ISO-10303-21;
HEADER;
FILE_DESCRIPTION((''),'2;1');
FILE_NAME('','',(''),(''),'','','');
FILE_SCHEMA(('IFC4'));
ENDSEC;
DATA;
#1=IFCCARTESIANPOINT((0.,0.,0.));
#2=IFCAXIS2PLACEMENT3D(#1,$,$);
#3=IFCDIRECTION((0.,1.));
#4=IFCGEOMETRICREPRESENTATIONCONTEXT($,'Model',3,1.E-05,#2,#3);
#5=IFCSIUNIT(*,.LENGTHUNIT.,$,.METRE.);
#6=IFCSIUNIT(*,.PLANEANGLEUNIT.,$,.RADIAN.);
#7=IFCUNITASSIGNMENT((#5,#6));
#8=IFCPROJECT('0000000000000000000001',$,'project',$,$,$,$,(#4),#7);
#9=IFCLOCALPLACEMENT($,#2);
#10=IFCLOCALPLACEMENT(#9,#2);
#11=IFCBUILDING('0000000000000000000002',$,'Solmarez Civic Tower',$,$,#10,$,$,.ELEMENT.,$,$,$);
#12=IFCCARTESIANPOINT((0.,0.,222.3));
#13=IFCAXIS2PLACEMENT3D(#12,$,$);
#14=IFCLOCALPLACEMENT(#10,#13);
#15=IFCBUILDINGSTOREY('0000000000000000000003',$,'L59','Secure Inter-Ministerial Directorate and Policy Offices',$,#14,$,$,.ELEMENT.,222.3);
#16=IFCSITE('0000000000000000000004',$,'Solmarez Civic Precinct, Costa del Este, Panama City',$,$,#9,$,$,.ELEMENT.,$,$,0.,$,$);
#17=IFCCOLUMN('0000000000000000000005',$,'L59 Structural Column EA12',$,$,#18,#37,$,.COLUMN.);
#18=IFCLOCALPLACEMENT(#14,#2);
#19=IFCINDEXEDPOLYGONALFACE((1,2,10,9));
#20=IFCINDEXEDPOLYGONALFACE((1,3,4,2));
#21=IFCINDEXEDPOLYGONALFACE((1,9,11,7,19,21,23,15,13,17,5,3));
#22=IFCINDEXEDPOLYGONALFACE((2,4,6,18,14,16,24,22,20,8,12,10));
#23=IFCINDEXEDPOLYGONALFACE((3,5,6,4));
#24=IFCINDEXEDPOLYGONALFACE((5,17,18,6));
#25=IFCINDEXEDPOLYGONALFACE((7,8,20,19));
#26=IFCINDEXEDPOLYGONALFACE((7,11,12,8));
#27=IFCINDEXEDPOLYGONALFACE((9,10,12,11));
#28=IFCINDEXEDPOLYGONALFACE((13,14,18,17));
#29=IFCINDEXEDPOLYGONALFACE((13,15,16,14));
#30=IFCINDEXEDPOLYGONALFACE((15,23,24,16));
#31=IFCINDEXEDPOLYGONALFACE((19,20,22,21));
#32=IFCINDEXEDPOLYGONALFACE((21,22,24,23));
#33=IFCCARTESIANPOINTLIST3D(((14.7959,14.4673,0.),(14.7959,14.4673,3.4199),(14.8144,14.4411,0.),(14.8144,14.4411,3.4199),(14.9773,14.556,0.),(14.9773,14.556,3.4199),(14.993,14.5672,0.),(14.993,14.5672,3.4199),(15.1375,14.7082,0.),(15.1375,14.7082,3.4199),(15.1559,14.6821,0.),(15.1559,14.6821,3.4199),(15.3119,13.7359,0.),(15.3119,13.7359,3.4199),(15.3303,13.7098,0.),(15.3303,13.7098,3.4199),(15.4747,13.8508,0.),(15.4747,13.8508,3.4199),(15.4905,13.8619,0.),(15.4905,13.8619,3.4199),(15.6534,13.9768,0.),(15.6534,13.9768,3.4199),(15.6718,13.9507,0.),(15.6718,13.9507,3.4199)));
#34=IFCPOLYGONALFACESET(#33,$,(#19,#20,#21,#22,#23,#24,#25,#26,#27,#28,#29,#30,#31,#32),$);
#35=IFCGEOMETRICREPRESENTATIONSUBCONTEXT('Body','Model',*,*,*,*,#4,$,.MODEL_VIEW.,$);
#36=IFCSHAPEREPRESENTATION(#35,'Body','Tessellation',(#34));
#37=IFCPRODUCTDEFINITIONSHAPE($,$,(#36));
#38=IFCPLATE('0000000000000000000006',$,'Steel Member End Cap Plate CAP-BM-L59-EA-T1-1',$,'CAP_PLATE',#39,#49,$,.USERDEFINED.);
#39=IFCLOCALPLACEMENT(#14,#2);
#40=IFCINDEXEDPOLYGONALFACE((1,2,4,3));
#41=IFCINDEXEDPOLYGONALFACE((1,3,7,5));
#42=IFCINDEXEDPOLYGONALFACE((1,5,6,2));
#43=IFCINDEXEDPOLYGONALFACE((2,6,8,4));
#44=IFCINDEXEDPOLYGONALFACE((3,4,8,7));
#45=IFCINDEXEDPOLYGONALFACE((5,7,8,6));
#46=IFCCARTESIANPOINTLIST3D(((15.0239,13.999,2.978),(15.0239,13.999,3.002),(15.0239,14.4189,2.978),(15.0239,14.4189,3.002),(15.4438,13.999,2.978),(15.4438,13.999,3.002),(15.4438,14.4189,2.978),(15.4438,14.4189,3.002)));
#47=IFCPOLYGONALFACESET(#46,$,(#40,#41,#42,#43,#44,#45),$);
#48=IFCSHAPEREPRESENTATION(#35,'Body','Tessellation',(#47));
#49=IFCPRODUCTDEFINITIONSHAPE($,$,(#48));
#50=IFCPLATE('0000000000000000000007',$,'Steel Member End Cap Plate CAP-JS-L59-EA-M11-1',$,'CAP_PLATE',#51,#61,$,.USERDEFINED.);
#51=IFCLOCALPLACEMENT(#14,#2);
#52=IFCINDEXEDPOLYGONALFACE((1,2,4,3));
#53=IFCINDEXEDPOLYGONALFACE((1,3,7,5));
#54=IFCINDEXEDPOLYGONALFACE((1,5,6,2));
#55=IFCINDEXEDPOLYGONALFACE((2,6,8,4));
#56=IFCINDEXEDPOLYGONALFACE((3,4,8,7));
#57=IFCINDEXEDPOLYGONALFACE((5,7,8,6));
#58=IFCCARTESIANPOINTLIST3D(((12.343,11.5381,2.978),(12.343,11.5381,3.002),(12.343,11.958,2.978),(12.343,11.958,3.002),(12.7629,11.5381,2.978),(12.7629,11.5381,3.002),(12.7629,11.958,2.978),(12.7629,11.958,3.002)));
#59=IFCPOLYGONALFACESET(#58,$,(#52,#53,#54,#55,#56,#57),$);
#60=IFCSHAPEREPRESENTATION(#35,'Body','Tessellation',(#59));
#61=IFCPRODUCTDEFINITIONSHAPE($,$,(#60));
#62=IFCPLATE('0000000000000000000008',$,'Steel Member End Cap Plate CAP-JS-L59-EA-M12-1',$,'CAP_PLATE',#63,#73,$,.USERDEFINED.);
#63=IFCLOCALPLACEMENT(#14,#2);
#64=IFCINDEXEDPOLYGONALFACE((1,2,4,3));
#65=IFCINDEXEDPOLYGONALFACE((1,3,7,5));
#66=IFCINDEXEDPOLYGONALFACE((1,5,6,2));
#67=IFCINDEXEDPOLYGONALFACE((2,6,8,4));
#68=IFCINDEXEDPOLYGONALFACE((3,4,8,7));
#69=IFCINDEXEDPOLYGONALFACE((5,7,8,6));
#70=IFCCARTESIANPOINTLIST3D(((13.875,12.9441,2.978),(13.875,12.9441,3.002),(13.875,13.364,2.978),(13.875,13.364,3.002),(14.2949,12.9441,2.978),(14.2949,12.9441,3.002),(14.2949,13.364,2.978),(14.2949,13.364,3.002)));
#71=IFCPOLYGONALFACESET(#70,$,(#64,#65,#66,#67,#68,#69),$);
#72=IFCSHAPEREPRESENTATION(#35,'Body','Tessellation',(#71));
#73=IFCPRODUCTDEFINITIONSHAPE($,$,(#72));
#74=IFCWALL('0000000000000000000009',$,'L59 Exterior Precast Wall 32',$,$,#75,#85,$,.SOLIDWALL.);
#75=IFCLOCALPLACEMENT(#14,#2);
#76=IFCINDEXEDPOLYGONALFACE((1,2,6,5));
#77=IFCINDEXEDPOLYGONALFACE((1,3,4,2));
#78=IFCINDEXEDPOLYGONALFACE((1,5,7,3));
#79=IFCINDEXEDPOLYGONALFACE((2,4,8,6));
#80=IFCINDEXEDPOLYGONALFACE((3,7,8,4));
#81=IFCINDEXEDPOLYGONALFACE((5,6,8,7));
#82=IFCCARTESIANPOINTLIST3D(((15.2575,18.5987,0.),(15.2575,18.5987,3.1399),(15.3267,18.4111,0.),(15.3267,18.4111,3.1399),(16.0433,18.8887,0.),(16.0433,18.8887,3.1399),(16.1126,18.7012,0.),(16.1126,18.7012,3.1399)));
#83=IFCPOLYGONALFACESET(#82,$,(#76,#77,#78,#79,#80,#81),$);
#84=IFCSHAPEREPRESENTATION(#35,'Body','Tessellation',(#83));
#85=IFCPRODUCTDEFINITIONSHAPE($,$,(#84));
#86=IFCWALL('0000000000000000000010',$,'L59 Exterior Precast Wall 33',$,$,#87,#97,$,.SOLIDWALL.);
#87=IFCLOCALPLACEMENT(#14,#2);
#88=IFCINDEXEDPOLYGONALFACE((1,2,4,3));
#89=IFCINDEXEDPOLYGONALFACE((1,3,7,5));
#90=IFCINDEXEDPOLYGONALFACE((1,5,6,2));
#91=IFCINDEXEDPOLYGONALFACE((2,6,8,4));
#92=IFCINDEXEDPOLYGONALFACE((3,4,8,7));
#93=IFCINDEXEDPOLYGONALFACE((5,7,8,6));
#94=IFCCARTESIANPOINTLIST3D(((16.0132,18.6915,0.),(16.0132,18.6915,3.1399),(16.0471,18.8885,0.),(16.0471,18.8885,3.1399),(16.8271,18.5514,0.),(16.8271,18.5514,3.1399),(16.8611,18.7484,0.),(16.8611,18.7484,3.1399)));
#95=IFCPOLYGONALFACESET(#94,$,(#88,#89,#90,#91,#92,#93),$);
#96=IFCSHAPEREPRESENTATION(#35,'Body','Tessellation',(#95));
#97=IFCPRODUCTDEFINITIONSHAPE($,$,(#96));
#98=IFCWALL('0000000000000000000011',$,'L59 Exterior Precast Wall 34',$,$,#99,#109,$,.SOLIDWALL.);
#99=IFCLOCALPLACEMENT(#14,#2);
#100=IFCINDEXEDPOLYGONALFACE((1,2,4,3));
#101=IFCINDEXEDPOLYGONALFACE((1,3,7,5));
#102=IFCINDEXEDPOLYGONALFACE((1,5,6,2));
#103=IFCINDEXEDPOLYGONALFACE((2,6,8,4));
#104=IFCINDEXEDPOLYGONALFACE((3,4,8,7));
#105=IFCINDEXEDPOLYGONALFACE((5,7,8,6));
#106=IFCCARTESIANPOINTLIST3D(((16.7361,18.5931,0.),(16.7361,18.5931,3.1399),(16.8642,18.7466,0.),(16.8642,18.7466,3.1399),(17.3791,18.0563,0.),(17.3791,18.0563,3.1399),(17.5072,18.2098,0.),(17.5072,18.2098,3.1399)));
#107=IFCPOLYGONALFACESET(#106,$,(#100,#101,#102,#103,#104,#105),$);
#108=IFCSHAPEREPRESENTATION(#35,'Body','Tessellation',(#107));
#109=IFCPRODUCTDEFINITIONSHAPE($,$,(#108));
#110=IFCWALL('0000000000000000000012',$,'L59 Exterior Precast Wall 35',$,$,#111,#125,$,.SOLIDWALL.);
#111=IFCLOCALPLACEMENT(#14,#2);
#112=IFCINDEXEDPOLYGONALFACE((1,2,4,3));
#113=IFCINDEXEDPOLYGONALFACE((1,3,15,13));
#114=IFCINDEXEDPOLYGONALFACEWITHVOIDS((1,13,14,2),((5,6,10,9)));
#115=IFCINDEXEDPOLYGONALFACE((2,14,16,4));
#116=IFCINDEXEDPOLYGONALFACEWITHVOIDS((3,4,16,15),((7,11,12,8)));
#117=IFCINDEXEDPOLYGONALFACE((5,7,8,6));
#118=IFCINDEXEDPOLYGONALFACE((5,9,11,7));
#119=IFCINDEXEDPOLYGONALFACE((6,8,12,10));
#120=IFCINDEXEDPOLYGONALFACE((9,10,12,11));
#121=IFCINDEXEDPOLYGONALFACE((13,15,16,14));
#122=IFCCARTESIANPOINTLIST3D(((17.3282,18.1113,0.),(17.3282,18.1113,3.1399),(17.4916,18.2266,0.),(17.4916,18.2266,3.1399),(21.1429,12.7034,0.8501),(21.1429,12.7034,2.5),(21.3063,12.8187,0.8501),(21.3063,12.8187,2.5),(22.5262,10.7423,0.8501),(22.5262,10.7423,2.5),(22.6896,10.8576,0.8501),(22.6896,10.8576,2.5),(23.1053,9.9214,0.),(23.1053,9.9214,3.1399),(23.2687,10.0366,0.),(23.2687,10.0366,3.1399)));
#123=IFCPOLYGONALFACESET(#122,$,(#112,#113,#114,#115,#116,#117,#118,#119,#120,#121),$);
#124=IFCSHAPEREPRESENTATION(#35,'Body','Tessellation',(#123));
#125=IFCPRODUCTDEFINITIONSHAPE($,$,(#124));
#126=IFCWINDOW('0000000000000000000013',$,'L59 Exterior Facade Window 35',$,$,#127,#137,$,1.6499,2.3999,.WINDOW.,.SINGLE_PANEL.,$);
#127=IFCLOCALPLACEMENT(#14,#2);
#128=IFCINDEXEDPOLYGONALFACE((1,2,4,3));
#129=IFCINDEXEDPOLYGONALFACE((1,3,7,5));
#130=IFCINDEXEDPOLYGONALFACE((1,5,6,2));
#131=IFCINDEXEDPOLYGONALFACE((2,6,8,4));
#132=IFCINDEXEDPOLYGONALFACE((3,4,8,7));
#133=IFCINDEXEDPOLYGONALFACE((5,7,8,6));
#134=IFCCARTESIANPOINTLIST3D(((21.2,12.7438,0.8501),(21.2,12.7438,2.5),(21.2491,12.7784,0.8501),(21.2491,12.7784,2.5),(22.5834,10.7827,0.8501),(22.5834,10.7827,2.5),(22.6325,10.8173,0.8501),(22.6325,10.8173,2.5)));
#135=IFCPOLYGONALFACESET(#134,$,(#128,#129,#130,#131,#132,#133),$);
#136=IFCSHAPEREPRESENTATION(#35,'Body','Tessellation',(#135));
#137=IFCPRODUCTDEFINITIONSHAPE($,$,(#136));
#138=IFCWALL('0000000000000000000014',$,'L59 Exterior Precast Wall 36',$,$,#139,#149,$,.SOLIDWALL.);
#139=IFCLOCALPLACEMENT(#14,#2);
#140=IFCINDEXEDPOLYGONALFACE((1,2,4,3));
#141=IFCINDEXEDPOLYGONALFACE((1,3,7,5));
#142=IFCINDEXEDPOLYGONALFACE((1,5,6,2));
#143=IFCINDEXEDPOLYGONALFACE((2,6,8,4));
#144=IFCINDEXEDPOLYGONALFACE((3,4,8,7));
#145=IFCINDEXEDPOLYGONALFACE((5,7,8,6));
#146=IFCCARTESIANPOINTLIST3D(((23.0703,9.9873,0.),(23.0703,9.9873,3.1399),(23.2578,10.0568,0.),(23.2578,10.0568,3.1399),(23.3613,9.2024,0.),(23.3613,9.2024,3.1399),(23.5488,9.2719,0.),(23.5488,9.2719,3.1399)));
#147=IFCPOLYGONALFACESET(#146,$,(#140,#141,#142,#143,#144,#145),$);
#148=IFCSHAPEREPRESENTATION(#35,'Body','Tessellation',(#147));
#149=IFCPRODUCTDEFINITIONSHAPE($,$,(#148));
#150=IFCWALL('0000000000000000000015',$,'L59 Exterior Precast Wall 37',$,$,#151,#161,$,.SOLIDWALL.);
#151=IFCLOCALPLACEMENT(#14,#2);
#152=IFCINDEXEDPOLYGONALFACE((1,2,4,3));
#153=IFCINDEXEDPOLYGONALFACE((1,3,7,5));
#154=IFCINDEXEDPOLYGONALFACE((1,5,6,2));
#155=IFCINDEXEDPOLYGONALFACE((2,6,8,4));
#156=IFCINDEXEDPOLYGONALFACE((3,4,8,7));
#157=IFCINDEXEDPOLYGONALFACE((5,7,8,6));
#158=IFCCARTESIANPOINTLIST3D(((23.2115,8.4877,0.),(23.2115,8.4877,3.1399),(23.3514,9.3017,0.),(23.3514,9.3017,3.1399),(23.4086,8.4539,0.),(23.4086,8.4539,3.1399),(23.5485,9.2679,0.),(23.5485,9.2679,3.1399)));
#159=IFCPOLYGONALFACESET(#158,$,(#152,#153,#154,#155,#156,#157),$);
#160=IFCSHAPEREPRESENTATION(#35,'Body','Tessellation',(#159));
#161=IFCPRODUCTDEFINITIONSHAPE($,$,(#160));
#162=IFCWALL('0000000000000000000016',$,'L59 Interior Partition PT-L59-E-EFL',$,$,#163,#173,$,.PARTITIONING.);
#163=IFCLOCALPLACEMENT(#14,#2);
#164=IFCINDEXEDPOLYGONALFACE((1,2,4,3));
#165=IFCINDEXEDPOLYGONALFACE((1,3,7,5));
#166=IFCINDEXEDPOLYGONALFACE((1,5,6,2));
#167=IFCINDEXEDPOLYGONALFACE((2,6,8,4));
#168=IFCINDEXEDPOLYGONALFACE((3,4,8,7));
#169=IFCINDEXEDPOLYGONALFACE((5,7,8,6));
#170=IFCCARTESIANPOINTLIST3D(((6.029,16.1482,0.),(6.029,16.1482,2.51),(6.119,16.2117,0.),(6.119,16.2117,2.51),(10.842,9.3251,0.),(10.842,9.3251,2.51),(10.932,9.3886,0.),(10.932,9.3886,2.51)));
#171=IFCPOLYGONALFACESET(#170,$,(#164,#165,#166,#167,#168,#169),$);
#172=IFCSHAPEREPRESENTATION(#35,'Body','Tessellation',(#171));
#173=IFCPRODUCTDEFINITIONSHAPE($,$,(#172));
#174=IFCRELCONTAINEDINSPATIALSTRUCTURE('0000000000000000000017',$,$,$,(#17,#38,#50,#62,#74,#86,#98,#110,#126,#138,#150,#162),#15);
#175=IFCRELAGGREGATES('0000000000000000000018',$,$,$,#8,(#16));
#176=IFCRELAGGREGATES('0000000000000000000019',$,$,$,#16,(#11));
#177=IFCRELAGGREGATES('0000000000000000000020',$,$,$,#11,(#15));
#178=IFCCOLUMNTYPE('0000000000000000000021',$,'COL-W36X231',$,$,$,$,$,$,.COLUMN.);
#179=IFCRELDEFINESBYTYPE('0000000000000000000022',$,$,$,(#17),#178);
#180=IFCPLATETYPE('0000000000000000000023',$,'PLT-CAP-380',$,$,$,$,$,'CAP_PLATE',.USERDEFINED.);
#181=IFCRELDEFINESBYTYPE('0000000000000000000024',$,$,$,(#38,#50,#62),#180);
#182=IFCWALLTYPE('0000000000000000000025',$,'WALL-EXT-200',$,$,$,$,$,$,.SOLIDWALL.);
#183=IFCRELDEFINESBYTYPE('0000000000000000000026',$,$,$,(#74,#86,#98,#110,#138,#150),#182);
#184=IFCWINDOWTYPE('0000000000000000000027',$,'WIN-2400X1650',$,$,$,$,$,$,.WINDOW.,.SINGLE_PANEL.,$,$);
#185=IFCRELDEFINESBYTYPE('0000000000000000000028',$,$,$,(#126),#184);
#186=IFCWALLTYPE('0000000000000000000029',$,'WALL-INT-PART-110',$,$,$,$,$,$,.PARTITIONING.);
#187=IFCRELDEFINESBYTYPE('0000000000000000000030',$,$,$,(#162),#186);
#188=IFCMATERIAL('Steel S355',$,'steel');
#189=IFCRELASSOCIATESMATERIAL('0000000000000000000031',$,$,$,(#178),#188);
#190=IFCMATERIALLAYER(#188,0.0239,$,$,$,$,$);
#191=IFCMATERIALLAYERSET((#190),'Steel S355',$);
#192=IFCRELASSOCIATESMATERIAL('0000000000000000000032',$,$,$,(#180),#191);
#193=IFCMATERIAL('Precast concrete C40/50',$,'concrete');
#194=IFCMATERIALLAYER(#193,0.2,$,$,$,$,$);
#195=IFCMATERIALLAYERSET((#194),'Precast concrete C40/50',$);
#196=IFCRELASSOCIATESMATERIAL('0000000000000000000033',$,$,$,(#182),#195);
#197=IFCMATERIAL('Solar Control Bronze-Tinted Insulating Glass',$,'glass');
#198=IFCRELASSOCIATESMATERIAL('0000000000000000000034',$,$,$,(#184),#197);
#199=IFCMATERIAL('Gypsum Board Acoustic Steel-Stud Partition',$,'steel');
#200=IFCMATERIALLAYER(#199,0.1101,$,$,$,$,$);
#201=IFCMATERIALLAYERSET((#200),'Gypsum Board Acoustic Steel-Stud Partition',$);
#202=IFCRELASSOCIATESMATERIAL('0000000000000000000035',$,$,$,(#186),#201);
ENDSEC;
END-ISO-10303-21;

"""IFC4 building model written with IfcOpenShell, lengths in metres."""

from ifc_helpers import new_model, si_unit, direction, frame, frame_2d, origin, origin_2d, place, context, subcontext, project, spatial, rectangle, i_section, extrude, material, layer, layer_set, material_profile, profile_set, type_object, element, fill, save


model = new_model("IFC4")

# Units and contexts
model_context = context("Model", 3, precision=1e-05, world=origin(), true_north=direction((0.0, 1.0)))
body_context = subcontext(model_context, "Body", "Model", "MODEL_VIEW")
ifc_project = project(units=[si_unit("LENGTHUNIT", "METRE"), si_unit("PLANEANGLEUNIT", "RADIAN")], contexts=[model_context])

# Site, building, storey
site_placement = place(None, origin())
site = spatial("IfcSite", under=ifc_project, at=site_placement, Name="Solmarez Civic Precinct, Costa del Este, Panama City", CompositionType="ELEMENT", RefElevation=0.0)
building_placement = place(site_placement, origin())
building = spatial("IfcBuilding", under=site, at=building_placement, Name="Solmarez Civic Tower", CompositionType="ELEMENT")
storey_placement = place(building_placement, frame((0.0, 0.0, 222.3)))
storey = spatial("IfcBuildingStorey", under=building, at=storey_placement, Name="L59", Description="Secure Inter-Ministerial Directorate and Policy Offices", CompositionType="ELEMENT", Elevation=222.3)

# Column
ifc_material_1 = material(Name="Steel S355", Category="steel")
ifc_material_profile = material_profile(ifc_material_1, i_section(OverallWidth=0.418, OverallDepth=0.927, WebThickness=0.0193, FlangeThickness=0.032, at=origin_2d()), Name="W36X231")
ifc_profile_set = profile_set([ifc_material_profile], Name="Steel S355")
column_type = type_object("IfcColumnType", Name="COL-W36X231", PredefinedType="COLUMN", material=ifc_profile_set)
column_placement = place(storey_placement, frame((15.2339, 14.209, 0.0), z_axis=(0.0, 0.0, 1.0), x_axis=(0.817145, 0.576432, 0.0)))
element("IfcColumn", 1, at=column_placement, inside=storey, type_object=column_type, Name="L59 Structural Column EA12", PredefinedType="COLUMN", context=body_context, shape_type="SweptSolid", body=[
    extrude(i_section(OverallWidth=0.418, OverallDepth=0.927, WebThickness=0.0193, FlangeThickness=0.032, at=origin_2d()), origin(), (0.0, 0.0, 1.0), 3.4199),
])

# Plates
ifc_layer_1 = layer(ifc_material_1, 0.0239)
ifc_layer_set_1 = layer_set([ifc_layer_1], Name="Steel S355")
plate_type = type_object("IfcPlateType", Name="PLT-CAP-380", ElementType="CAP_PLATE", PredefinedType="USERDEFINED", material=ifc_layer_set_1)
for number, where, z_axis, x_axis, name in (
    (2, (15.2339, 14.209, 2.978), (0.0, 0.0, 1.0), (1.0, 0.0, 0.0), "Steel Member End Cap Plate CAP-BM-L59-EA-T1-1"),
    (3, (12.553, 11.748, 2.978), (0.0, 0.0, 1.0), (1.0, 0.0, 0.0), "Steel Member End Cap Plate CAP-JS-L59-EA-M11-1"),
    (4, (14.085, 13.1541, 2.978), (0.0, 0.0, 1.0), (1.0, 0.0, 0.0), "Steel Member End Cap Plate CAP-JS-L59-EA-M12-1"),
):
    element("IfcPlate", number, at=place(storey_placement, frame(where, z_axis=z_axis, x_axis=x_axis)), inside=storey, type_object=plate_type, Name=name, ObjectType="CAP_PLATE", PredefinedType="USERDEFINED", context=body_context, shape_type="SweptSolid", body=[
        extrude(rectangle(XDim=0.4199, YDim=0.4199, at=origin_2d()), origin(), (0.0, 0.0, 1.0), 0.0239),
    ])

# Walls
ifc_material_2 = material(Name="Precast concrete C40/50", Category="concrete")
ifc_layer_2 = layer(ifc_material_2, 0.2)
ifc_layer_set_2 = layer_set([ifc_layer_2], Name="Precast concrete C40/50")
wall_type_1 = type_object("IfcWallType", Name="WALL-EXT-200", PredefinedType="SOLIDWALL", material=ifc_layer_set_2)
wall_1_placement = place(storey_placement, frame((15.292, 18.5049, 0.0), z_axis=(0.0, 0.0, 1.0), x_axis=(0.938149, 0.346232, 0.0)))
element("IfcWall", 5, at=wall_1_placement, inside=storey, type_object=wall_type_1, Name="L59 Exterior Precast Wall 32", PredefinedType="SOLIDWALL", context=body_context, shape_type="SweptSolid", body=[
    extrude(rectangle(XDim=0.8376, YDim=0.2, at=frame_2d((0.4189, 0.0))), origin(), (0.0, 0.0, 1.0), 3.1399),
])
wall_2_placement = place(storey_placement, frame((16.03, 18.79, 0.0), z_axis=(0.0, 0.0, 1.0), x_axis=(0.985501, -0.169669, 0.0)))
element("IfcWall", 6, at=wall_2_placement, inside=storey, type_object=wall_type_1, Name="L59 Exterior Precast Wall 33", PredefinedType="SOLIDWALL", context=body_context, shape_type="SweptSolid", body=[
    extrude(rectangle(XDim=0.8259, YDim=0.2, at=frame_2d((0.4131, 0.0))), origin(), (0.0, 0.0, 1.0), 3.1399),
])
wall_3_placement = place(storey_placement, frame((16.8, 18.6699, 0.0), z_axis=(0.0, 0.0, 1.0), x_axis=(0.767648, -0.640872, 0.0)))
element("IfcWall", 7, at=wall_3_placement, inside=storey, type_object=wall_type_1, Name="L59 Exterior Precast Wall 34", PredefinedType="SOLIDWALL", context=body_context, shape_type="SweptSolid", body=[
    extrude(rectangle(XDim=0.8376, YDim=0.2, at=frame_2d((0.4189, 0.0))), origin(), (0.0, 0.0, 1.0), 3.1399),
])

# Wall, opening, window
wall_4_placement = place(storey_placement, frame((17.4099, 18.1689, 0.0), z_axis=(0.0, 0.0, 1.0), x_axis=(0.576414, -0.817158, 0.0)))
wall_4 = element("IfcWall", 8, at=wall_4_placement, inside=storey, type_object=wall_type_1, Name="L59 Exterior Precast Wall 35", PredefinedType="SOLIDWALL", context=body_context, shape_type="SweptSolid", body=[
    extrude(rectangle(XDim=10.0225, YDim=0.2, at=frame_2d((5.0112, 0.0))), origin(), (0.0, 0.0, 1.0), 3.1399),
])
opening_1_placement = place(wall_4_placement, frame((6.6179, 0.0, 0.8501)))
opening_1 = element("IfcOpeningElement", 9, at=opening_1_placement, cuts=wall_4, PredefinedType="OPENING", context=body_context, shape_type="SweptSolid", body=[
    extrude(rectangle(XDim=2.3999, YDim=1.6499, at=frame_2d((1.2, 0.825))), frame((0.0, 0.1099, 0.0), z_axis=(0.0, -1.0, 0.0), x_axis=(1.0, 0.0, 0.0)), (0.0, 0.0, 1.0), 0.22),
])
ifc_material_3 = material(Name="Solar Control Bronze-Tinted Insulating Glass", Category="glass")
window_type = type_object("IfcWindowType", Name="WIN-2400X1650", PartitioningType="SINGLE_PANEL", PredefinedType="WINDOW", material=ifc_material_3)
window_placement = place(opening_1_placement, origin())
window = element("IfcWindow", 10, at=window_placement, inside=storey, type_object=window_type, Name="L59 Exterior Facade Window 35", OverallHeight=1.6499, OverallWidth=2.3999, PartitioningType="SINGLE_PANEL", PredefinedType="WINDOW", context=body_context, shape_type="SweptSolid", body=[
    extrude(rectangle(XDim=2.3999, YDim=1.6499, at=frame_2d((1.2, 0.825))), frame((0.0, 0.03, 0.0), z_axis=(0.0, -1.0, 0.0), x_axis=(1.0, 0.0, 0.0)), (0.0, 0.0, 1.0), 0.0601),
])
fill(opening_1, window)

# Walls
wall_5_placement = place(storey_placement, frame((23.1641, 10.022, 0.0), z_axis=(0.0, 0.0, 1.0), x_axis=(0.347637, -0.937629, 0.0)))
element("IfcWall", 11, at=wall_5_placement, inside=storey, type_object=wall_type_1, Name="L59 Exterior Precast Wall 36", PredefinedType="SOLIDWALL", context=body_context, shape_type="SweptSolid", body=[
    extrude(rectangle(XDim=0.8372, YDim=0.2, at=frame_2d((0.4185, 0.0))), origin(), (0.0, 0.0, 1.0), 3.1399),
])
wall_6_placement = place(storey_placement, frame((23.45, 9.2849, 0.0), z_axis=(0.0, 0.0, 1.0), x_axis=(-0.169382, -0.98555, 0.0)))
element("IfcWall", 12, at=wall_6_placement, inside=storey, type_object=wall_type_1, Name="L59 Exterior Precast Wall 37", PredefinedType="SOLIDWALL", context=body_context, shape_type="SweptSolid", body=[
    extrude(rectangle(XDim=0.8259, YDim=0.2, at=frame_2d((0.4131, 0.0))), origin(), (0.0, 0.0, 1.0), 3.1399),
])
ifc_material_4 = material(Name="Gypsum Board Acoustic Steel-Stud Partition", Category="steel")
ifc_layer_3 = layer(ifc_material_4, 0.1101)
ifc_layer_set_3 = layer_set([ifc_layer_3], Name="Gypsum Board Acoustic Steel-Stud Partition")
wall_type_2 = type_object("IfcWallType", Name="WALL-INT-PART-110", PredefinedType="PARTITIONING", material=ifc_layer_set_3)
wall_7_placement = place(storey_placement, frame((10.887, 9.3569, 0.0), z_axis=(0.0, 0.0, 1.0), x_axis=(-0.576424, 0.817151, 0.0)))
element("IfcWall", 13, at=wall_7_placement, inside=storey, type_object=wall_type_2, Name="L59 Interior Partition PT-L59-E-EFL", PredefinedType="PARTITIONING", context=body_context, shape_type="SweptSolid", body=[
    extrude(rectangle(XDim=8.3499, YDim=0.1101, at=frame_2d((4.1748, 0.0))), origin(), (0.0, 0.0, 1.0), 2.51),
])

save(model, "model.ifc")
